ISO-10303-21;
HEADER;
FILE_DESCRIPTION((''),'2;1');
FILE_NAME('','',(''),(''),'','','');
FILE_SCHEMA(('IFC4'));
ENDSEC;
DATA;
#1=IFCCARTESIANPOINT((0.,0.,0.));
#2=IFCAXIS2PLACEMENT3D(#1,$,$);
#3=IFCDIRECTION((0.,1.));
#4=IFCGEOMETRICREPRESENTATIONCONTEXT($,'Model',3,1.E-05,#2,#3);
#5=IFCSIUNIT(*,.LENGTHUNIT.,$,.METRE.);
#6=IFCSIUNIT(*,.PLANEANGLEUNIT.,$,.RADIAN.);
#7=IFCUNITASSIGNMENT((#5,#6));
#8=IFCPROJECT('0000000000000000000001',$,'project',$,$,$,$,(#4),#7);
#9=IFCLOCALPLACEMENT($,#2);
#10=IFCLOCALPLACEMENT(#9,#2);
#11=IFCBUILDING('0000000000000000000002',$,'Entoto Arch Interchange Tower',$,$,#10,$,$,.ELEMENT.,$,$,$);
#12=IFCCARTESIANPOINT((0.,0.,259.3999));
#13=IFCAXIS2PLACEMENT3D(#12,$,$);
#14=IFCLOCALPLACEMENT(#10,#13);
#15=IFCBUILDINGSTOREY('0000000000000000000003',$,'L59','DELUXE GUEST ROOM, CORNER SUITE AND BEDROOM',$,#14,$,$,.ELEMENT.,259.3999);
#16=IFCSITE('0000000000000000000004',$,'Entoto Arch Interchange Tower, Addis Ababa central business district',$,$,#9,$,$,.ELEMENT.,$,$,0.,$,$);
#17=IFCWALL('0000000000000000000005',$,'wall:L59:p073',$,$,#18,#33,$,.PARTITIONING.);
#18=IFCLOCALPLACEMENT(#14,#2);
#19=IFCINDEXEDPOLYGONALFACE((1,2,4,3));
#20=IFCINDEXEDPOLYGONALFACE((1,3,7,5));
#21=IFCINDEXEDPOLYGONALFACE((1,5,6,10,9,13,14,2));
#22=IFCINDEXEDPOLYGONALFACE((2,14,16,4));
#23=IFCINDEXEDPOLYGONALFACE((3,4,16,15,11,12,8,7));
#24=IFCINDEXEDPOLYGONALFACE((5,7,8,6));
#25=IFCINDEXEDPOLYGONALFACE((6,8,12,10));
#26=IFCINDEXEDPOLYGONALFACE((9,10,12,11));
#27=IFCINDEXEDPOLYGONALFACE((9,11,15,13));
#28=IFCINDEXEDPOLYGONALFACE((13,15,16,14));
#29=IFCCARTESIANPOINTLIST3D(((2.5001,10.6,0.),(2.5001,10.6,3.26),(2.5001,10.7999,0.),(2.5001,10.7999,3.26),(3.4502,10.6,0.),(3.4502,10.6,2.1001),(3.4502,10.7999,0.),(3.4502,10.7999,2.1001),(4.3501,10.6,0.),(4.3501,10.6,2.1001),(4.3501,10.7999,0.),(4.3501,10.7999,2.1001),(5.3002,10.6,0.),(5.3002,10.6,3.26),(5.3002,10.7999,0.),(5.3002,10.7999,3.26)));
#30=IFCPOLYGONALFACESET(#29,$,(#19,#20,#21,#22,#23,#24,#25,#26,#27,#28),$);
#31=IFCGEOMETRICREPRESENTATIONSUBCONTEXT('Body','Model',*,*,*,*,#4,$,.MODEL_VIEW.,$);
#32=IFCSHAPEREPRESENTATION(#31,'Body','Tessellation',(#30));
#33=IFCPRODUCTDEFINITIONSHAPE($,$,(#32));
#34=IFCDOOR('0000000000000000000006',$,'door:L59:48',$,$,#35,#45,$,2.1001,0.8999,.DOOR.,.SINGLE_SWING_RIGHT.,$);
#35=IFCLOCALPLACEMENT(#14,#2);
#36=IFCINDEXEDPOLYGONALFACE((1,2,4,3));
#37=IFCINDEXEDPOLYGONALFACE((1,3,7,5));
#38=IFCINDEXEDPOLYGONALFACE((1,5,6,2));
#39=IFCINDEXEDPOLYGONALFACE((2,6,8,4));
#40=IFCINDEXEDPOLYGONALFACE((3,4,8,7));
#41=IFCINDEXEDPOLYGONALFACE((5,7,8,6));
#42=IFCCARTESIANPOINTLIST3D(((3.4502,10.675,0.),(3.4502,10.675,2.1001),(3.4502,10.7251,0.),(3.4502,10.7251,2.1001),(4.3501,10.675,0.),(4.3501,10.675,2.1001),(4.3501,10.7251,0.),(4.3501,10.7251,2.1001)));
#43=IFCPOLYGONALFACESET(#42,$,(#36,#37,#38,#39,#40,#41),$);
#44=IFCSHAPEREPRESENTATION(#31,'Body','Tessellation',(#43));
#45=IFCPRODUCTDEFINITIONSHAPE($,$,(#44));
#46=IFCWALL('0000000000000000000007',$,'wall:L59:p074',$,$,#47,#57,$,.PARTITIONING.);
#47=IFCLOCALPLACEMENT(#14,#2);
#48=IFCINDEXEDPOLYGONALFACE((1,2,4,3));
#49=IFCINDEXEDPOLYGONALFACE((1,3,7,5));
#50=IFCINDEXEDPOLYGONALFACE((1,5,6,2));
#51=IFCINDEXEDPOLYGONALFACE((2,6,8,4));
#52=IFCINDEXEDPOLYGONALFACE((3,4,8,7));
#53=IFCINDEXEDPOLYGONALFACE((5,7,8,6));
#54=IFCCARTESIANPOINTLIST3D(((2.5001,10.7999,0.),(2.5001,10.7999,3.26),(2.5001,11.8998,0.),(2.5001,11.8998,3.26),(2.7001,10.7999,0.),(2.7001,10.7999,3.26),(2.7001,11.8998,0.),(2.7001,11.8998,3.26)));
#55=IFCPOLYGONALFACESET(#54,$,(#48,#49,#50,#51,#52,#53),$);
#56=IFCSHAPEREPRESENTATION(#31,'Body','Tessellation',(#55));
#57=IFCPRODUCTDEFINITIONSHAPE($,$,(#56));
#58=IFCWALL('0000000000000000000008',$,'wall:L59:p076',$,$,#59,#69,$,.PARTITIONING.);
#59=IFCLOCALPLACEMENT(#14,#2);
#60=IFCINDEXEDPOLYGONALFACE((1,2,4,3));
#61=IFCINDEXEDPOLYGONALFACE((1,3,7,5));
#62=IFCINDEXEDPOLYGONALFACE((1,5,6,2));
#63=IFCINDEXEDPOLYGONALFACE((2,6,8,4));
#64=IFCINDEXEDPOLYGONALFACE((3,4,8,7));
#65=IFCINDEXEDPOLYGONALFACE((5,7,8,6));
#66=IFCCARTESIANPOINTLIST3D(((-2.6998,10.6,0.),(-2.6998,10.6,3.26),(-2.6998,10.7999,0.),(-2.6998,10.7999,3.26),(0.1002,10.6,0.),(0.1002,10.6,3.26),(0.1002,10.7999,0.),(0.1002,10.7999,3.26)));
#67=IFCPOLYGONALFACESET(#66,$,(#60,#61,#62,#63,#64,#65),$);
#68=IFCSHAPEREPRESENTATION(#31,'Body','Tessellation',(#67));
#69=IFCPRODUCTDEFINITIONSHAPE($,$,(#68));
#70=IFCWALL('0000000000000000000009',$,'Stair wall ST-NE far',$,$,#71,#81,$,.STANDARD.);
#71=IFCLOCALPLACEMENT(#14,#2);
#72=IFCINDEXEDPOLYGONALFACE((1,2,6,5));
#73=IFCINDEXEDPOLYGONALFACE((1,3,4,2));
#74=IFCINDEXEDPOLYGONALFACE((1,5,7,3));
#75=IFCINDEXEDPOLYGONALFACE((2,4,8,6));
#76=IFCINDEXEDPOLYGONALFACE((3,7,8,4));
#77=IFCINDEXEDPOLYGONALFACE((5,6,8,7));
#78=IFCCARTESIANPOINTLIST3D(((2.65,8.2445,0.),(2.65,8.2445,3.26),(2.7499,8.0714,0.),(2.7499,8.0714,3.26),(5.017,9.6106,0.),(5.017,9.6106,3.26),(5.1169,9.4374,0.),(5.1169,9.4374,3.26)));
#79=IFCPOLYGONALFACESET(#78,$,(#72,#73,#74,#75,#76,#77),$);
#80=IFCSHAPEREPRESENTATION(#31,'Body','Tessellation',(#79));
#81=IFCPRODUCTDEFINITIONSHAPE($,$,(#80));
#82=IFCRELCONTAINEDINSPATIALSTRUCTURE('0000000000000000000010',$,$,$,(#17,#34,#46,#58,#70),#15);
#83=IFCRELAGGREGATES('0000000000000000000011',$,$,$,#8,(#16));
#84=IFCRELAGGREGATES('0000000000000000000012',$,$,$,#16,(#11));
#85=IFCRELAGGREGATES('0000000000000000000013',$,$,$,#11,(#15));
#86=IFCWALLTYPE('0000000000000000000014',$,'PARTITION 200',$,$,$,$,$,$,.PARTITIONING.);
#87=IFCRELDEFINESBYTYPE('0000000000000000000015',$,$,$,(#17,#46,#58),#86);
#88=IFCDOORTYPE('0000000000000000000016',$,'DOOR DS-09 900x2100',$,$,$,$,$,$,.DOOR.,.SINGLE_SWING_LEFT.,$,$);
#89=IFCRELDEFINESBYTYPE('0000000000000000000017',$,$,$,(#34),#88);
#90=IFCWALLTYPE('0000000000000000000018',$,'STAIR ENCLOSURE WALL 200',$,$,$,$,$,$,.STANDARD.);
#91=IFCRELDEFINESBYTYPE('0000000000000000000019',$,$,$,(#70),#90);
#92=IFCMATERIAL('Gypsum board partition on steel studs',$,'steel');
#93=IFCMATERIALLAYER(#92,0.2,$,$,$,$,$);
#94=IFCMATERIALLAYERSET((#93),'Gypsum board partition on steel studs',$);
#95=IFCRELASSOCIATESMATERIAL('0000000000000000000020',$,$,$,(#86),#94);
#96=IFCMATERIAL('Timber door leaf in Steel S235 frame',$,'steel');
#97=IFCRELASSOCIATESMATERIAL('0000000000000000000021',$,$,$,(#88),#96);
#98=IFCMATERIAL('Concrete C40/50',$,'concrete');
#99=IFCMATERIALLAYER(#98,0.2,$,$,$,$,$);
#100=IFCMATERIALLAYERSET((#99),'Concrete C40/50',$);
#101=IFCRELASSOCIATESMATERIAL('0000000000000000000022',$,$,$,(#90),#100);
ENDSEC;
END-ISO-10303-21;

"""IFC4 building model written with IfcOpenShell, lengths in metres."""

from ifc_helpers import new_model, si_unit, direction, frame, frame_2d, origin, place, context, subcontext, project, spatial, rectangle, extrude, material, layer, layer_set, type_object, element, fill, save


model = new_model("IFC4")

# Units and contexts
model_context = context("Model", 3, precision=1e-05, world=origin(), true_north=direction((0.0, 1.0)))
body_context = subcontext(model_context, "Body", "Model", "MODEL_VIEW")
ifc_project = project(units=[si_unit("LENGTHUNIT", "METRE"), si_unit("PLANEANGLEUNIT", "RADIAN")], contexts=[model_context])

# Site, building, storey
site_placement = place(None, origin())
site = spatial("IfcSite", under=ifc_project, at=site_placement, Name="Entoto Arch Interchange Tower, Addis Ababa central business district", CompositionType="ELEMENT", RefElevation=0.0)
building_placement = place(site_placement, origin())
building = spatial("IfcBuilding", under=site, at=building_placement, Name="Entoto Arch Interchange Tower", CompositionType="ELEMENT")
storey_placement = place(building_placement, frame((0.0, 0.0, 259.3999)))
storey = spatial("IfcBuildingStorey", under=building, at=storey_placement, Name="L59", Description="DELUXE GUEST ROOM, CORNER SUITE AND BEDROOM", CompositionType="ELEMENT", Elevation=259.3999)

# Shared definitions
ifc_material_1 = material(Name="Concrete C40/50", Category="concrete")

# Shared definitions
ifc_material_2 = material(Name="Gypsum board partition on steel studs", Category="steel")
ifc_layer_1 = layer(ifc_material_2, 0.2)
ifc_layer_set_1 = layer_set([ifc_layer_1], Name="Gypsum board partition on steel studs")
wall_type_1 = type_object("IfcWallType", Name="PARTITION 200", PredefinedType="PARTITIONING", material=ifc_layer_set_1)

# Shared definitions
ifc_material_3 = material(Name="Timber door leaf in Steel S235 frame", Category="steel")

# Wall, opening, door
wall_1_placement = place(storey_placement, frame((5.3, 10.7, 0.0), z_axis=(0.0, 0.0, 1.0), x_axis=(-1.0, 0.0, 0.0)))
wall_1 = element("IfcWall", 1, at=wall_1_placement, inside=storey, type_object=wall_type_1, Name="wall:L59:p073", PredefinedType="PARTITIONING", context=body_context, shape_type="SweptSolid", body=[
    extrude(rectangle(XDim=2.8, YDim=0.2, at=frame_2d((1.3999, 0.0))), origin(), (0.0, 0.0, 1.0), 3.26),
])
opening_1_placement = place(wall_1_placement, frame((0.95, 0.0, 0.0)))
opening_1 = element("IfcOpeningElement", 2, at=opening_1_placement, cuts=wall_1, PredefinedType="OPENING", context=body_context, shape_type="SweptSolid", body=[
    extrude(rectangle(XDim=0.8999, YDim=2.1001, at=frame_2d((0.45, 1.05))), frame((0.0, 0.1099, 0.0), z_axis=(0.0, -1.0, 0.0), x_axis=(1.0, 0.0, 0.0)), (0.0, 0.0, 1.0), 0.22),
])
door_type_1 = type_object("IfcDoorType", Name="DOOR DS-09 900x2100", OperationType="SINGLE_SWING_LEFT", PredefinedType="DOOR", material=ifc_material_3)
door_1_placement = place(opening_1_placement, origin())
door_1 = element("IfcDoor", 3, at=door_1_placement, inside=storey, type_object=door_type_1, Name="door:L59:48", OperationType="SINGLE_SWING_RIGHT", OverallHeight=2.1001, OverallWidth=0.8999, PredefinedType="DOOR", context=body_context, shape_type="SweptSolid", body=[
    extrude(rectangle(XDim=0.8999, YDim=2.1001, at=frame_2d((0.45, 1.05))), frame((0.0, 0.0249, 0.0), z_axis=(0.0, -1.0, 0.0), x_axis=(1.0, 0.0, 0.0)), (0.0, 0.0, 1.0), 0.05),
])
fill(opening_1, door_1)

# Walls
wall_2_placement = place(storey_placement, frame((2.6001, 10.8, 0.0), z_axis=(0.0, 0.0, 1.0), x_axis=(0.0, 1.0, 0.0)))
element("IfcWall", 4, at=wall_2_placement, inside=storey, type_object=wall_type_1, Name="wall:L59:p074", PredefinedType="PARTITIONING", context=body_context, shape_type="SweptSolid", body=[
    extrude(rectangle(XDim=1.0999, YDim=0.2, at=frame_2d((0.5498, 0.0))), origin(), (0.0, 0.0, 1.0), 3.26),
])
wall_3_placement = place(storey_placement, frame((0.1001, 10.7, 0.0), z_axis=(0.0, 0.0, 1.0), x_axis=(-1.0, 0.0, 0.0)))
element("IfcWall", 5, at=wall_3_placement, inside=storey, type_object=wall_type_1, Name="wall:L59:p076", PredefinedType="PARTITIONING", context=body_context, shape_type="SweptSolid", body=[
    extrude(rectangle(XDim=2.8, YDim=0.2, at=frame_2d((1.3999, 0.0))), origin(), (0.0, 0.0, 1.0), 3.26),
])
ifc_layer_2 = layer(ifc_material_1, 0.2)
ifc_layer_set_2 = layer_set([ifc_layer_2], Name="Concrete C40/50")
wall_type_2 = type_object("IfcWallType", Name="STAIR ENCLOSURE WALL 200", PredefinedType="STANDARD", material=ifc_layer_set_2)
wall_4_placement = place(storey_placement, frame((2.7, 8.158, 0.0), z_axis=(0.0, 0.0, 1.0), x_axis=(0.866119, 0.499838, 0.0)))
element("IfcWall", 6, at=wall_4_placement, inside=storey, type_object=wall_type_2, Name="Stair wall ST-NE far", PredefinedType="STANDARD", context=body_context, shape_type="SweptSolid", body=[
    extrude(rectangle(XDim=2.7329, YDim=0.2, at=frame_2d((1.3665, 0.0))), origin(), (0.0, 0.0, 1.0), 3.26),
])

save(model, "model.ifc")
